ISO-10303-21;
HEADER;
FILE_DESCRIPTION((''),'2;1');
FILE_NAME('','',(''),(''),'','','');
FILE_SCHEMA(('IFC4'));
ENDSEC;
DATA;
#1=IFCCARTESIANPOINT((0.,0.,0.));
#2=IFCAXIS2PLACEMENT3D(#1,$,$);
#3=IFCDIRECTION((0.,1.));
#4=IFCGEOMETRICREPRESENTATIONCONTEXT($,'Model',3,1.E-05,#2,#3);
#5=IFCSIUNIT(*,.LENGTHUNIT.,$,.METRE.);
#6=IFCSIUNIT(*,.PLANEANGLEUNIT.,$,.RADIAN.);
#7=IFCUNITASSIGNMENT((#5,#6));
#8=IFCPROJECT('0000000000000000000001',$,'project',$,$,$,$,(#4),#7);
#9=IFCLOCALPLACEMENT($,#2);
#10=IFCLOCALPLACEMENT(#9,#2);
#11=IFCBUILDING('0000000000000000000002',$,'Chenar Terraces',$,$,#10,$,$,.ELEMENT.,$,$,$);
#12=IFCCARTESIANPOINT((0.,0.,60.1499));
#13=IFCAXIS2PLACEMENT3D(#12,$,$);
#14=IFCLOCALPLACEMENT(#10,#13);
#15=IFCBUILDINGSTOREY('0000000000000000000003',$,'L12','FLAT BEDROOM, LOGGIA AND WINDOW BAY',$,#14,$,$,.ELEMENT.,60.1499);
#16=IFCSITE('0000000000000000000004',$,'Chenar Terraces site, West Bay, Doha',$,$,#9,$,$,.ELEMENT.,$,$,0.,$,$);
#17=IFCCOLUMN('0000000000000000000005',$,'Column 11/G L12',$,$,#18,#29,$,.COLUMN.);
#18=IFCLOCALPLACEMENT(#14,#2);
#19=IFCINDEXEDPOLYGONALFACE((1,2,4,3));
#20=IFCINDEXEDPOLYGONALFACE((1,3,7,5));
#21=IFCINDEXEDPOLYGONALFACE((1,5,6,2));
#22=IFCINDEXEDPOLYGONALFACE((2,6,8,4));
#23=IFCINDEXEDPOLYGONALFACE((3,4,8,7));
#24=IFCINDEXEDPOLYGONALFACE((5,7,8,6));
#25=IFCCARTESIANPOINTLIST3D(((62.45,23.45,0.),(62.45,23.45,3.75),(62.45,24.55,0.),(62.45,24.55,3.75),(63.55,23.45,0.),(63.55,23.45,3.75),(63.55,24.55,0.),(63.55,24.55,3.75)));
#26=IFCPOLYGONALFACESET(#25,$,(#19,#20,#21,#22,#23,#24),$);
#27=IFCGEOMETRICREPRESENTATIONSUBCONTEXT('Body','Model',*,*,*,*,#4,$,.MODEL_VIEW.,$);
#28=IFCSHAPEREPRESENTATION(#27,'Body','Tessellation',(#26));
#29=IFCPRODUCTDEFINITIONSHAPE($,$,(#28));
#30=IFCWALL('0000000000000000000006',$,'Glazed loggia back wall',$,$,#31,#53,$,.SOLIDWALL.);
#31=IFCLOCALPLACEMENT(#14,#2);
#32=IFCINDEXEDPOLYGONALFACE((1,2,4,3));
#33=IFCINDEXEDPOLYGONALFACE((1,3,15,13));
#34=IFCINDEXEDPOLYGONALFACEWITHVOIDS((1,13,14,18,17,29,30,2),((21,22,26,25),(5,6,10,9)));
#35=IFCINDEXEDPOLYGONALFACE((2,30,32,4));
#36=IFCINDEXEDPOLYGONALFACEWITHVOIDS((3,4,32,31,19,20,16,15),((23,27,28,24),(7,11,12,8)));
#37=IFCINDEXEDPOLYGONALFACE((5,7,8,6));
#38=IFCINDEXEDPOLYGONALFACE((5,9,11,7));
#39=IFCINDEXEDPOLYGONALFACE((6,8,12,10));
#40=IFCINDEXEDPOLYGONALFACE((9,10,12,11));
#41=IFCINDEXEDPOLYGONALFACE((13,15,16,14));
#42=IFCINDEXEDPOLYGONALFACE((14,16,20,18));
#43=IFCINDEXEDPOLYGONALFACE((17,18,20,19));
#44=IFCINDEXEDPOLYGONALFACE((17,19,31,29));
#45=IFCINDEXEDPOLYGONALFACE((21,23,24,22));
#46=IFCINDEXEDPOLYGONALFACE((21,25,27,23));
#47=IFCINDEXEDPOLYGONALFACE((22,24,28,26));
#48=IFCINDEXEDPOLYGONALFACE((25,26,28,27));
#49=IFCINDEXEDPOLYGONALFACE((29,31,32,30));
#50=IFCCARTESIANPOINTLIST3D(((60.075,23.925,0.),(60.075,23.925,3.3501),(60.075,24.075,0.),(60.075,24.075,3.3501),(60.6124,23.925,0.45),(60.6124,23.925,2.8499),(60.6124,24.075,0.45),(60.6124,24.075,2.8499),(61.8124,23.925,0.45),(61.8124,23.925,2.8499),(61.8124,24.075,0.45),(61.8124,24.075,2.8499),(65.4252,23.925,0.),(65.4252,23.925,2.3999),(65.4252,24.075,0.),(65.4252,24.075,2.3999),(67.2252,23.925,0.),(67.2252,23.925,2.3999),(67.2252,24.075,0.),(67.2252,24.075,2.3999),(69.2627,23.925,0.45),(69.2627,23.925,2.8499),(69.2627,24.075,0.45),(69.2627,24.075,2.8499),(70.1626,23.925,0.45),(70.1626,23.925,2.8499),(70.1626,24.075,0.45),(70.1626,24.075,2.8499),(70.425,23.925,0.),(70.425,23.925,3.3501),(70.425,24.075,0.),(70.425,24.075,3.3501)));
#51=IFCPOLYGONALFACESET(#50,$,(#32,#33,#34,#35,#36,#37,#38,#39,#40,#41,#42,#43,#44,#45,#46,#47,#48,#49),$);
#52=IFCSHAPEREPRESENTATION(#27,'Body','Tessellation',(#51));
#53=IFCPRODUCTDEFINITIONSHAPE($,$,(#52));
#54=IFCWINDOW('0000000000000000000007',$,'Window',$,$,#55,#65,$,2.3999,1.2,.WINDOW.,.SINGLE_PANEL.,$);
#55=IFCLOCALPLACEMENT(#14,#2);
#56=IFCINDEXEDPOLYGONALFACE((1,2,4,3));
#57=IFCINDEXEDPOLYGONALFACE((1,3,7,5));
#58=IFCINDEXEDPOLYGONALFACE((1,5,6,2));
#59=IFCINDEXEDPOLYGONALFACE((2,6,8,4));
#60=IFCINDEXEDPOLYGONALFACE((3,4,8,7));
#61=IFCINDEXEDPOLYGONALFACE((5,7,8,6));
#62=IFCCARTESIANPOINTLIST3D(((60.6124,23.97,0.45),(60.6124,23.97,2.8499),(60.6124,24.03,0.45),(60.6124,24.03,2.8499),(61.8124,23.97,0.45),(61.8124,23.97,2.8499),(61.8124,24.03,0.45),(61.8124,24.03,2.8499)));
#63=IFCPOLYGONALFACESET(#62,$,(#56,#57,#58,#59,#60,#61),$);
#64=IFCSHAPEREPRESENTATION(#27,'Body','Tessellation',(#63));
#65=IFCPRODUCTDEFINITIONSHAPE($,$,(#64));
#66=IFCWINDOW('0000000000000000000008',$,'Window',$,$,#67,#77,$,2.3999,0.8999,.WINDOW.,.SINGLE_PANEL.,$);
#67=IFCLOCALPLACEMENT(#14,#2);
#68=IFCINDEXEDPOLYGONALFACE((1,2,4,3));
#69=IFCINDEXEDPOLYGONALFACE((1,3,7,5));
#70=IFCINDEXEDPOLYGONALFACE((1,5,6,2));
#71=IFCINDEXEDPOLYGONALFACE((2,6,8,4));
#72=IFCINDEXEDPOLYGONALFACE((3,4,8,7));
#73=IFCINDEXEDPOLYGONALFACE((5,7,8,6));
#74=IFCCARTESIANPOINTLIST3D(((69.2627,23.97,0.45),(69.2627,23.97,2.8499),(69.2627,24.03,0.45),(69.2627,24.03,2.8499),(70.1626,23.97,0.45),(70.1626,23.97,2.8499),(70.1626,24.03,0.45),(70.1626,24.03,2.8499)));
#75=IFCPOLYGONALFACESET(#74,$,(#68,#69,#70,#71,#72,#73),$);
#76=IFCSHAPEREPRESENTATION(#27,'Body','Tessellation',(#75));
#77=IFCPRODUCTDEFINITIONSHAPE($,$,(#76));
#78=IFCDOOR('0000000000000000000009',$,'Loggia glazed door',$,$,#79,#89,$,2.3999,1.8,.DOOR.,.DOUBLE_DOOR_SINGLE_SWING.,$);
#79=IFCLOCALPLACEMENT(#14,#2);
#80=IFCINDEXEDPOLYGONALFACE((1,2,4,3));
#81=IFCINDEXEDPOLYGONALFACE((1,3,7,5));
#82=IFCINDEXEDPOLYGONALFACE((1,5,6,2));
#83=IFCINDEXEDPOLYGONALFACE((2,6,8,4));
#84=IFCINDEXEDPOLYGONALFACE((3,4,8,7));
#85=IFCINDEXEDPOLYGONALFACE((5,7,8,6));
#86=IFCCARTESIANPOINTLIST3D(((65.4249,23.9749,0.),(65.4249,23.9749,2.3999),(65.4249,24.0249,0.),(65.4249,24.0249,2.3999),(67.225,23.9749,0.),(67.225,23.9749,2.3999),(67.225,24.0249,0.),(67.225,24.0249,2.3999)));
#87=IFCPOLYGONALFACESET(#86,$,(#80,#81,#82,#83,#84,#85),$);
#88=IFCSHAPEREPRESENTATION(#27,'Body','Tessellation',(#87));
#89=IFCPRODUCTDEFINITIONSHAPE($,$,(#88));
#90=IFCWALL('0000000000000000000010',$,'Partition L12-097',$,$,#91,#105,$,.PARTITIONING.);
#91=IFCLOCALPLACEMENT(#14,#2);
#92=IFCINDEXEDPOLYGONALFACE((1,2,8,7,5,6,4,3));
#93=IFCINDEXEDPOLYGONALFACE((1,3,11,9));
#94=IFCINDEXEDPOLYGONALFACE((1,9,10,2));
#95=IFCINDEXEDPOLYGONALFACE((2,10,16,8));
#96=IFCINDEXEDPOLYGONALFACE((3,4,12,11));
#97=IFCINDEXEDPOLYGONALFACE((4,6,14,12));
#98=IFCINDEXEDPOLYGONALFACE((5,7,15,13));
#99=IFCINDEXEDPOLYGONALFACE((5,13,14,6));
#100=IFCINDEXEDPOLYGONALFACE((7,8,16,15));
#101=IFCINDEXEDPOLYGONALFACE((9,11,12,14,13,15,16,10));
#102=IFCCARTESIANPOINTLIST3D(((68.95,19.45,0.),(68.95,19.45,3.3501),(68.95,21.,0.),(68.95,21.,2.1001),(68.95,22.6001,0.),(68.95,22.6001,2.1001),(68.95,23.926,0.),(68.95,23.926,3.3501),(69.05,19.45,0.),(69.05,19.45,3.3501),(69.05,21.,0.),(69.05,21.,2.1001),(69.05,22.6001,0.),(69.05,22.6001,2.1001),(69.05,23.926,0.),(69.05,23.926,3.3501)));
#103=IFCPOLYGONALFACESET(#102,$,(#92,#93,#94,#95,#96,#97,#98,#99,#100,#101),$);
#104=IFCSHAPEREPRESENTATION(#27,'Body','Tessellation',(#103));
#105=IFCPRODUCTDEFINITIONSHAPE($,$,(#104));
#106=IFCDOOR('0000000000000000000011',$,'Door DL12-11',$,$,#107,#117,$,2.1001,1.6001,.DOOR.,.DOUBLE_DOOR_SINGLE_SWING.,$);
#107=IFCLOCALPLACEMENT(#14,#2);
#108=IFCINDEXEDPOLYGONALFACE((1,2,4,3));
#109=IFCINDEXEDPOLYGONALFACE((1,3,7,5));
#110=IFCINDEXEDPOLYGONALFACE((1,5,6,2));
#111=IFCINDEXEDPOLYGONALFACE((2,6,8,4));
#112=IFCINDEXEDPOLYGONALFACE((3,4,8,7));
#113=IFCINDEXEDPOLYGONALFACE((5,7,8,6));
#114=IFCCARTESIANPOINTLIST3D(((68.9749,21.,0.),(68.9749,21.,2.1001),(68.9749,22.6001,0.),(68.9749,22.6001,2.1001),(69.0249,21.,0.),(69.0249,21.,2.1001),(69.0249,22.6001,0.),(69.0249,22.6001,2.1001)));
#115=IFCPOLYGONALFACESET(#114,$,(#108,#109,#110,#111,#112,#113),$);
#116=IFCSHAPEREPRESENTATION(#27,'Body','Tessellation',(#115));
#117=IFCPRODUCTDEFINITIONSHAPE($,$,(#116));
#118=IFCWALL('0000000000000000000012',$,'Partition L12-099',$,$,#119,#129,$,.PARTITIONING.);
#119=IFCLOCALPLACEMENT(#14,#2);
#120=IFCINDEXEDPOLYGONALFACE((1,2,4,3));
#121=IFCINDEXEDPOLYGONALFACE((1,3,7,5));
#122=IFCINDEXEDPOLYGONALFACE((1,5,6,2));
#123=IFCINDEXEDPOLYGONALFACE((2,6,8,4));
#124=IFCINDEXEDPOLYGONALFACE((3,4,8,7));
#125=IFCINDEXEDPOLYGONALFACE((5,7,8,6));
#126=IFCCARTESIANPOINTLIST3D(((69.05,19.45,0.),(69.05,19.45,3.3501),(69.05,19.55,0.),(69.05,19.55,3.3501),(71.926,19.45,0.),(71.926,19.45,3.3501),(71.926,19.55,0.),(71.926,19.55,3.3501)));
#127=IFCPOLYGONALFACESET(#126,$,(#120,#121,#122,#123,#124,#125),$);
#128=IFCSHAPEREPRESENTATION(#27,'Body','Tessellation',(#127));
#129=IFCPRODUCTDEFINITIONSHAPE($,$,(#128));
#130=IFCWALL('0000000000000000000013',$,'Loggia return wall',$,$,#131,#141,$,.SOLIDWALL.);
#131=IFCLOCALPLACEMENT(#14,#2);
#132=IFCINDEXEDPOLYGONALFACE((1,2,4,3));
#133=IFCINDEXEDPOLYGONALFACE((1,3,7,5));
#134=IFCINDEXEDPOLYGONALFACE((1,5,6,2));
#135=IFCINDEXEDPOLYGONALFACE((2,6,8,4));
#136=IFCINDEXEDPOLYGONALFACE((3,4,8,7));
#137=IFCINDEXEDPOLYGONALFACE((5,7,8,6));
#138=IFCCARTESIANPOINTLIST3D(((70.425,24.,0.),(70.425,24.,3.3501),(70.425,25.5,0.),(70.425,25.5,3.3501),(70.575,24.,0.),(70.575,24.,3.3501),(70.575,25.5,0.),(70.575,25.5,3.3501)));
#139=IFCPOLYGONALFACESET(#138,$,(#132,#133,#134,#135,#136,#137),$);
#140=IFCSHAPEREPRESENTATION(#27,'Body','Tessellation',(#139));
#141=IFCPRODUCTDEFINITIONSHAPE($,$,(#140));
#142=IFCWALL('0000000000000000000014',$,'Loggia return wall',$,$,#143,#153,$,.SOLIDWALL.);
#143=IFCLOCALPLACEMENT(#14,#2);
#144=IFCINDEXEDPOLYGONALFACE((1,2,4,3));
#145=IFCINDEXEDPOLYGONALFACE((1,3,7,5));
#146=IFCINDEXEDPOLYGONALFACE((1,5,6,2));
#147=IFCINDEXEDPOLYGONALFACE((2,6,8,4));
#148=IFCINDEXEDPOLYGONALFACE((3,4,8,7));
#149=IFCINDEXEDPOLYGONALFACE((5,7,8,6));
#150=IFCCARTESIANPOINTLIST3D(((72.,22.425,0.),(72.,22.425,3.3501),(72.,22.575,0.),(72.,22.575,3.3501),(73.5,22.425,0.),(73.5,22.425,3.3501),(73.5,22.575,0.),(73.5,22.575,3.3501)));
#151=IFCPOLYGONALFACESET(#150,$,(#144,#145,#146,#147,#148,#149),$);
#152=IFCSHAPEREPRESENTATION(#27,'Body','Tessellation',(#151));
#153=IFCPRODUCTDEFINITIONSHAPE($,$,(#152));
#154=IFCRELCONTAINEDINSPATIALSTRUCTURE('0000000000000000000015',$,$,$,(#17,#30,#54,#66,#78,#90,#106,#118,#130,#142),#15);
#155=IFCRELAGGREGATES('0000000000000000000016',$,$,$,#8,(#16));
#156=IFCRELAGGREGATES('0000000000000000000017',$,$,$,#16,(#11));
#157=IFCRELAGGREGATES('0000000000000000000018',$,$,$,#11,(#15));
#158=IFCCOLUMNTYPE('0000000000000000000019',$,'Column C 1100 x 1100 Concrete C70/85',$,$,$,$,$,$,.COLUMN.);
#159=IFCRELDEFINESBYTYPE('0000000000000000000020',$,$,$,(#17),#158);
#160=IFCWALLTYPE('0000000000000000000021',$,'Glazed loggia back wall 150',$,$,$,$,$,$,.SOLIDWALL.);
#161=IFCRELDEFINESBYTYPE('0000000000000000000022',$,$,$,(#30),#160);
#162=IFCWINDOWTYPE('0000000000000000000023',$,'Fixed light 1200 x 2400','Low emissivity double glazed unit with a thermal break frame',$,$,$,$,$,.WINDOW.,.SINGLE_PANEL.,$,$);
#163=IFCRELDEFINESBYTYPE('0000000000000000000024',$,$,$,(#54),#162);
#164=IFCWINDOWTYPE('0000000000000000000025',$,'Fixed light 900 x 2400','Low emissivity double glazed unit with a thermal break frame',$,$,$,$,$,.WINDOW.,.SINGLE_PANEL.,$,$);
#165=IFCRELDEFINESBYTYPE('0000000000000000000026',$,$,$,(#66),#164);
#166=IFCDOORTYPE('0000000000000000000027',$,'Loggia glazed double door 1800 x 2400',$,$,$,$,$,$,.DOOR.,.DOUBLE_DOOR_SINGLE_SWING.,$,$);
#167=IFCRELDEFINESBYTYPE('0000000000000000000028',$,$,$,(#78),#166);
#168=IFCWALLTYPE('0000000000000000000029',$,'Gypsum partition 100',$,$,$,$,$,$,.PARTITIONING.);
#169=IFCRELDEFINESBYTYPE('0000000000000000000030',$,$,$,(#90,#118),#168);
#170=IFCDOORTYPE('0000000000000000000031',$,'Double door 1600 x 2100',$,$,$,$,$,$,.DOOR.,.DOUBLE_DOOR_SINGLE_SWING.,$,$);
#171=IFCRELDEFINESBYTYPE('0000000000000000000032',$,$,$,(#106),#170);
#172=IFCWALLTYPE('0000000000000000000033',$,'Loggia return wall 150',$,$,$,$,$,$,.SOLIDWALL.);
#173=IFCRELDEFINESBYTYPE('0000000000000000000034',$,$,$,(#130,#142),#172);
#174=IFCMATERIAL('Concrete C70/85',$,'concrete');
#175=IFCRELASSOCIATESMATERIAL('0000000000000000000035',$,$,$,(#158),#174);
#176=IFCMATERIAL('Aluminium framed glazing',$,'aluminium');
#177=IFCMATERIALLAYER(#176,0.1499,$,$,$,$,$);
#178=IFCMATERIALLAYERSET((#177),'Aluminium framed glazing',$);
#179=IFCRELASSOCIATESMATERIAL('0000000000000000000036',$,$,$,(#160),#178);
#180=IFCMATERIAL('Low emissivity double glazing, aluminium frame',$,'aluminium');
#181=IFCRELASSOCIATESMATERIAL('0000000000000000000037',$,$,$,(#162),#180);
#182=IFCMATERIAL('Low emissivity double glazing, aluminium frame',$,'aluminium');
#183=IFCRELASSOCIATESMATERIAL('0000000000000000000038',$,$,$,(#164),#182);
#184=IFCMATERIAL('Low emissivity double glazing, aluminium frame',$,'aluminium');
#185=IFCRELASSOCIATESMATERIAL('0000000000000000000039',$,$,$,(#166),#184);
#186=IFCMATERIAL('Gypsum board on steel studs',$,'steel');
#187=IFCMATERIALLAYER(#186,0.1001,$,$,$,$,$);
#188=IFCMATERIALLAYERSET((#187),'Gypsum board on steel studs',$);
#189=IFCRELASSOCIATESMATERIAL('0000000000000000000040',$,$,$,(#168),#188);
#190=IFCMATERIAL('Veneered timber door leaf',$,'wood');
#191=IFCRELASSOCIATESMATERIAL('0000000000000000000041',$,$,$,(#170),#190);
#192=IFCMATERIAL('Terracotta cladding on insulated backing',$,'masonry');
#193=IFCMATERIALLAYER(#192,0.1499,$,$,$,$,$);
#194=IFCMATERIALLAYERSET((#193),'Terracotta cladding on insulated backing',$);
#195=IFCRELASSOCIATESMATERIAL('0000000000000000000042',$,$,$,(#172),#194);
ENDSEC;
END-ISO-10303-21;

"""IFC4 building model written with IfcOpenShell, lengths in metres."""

from ifc_helpers import new_model, si_unit, direction, frame, frame_2d, origin, origin_2d, place, context, subcontext, project, spatial, rectangle, extrude, material, layer, layer_set, material_profile, profile_set, type_object, element, fill, save


model = new_model("IFC4")

# Units and contexts
model_context = context("Model", 3, precision=1e-05, world=origin(), true_north=direction((0.0, 1.0)))
body_context = subcontext(model_context, "Body", "Model", "MODEL_VIEW")
ifc_project = project(units=[si_unit("LENGTHUNIT", "METRE"), si_unit("PLANEANGLEUNIT", "RADIAN")], contexts=[model_context])

# Site, building, storey
site_placement = place(None, origin())
site = spatial("IfcSite", under=ifc_project, at=site_placement, Name="Chenar Terraces site, West Bay, Doha", CompositionType="ELEMENT", RefElevation=0.0)
building_placement = place(site_placement, origin())
building = spatial("IfcBuilding", under=site, at=building_placement, Name="Chenar Terraces", CompositionType="ELEMENT")
storey_placement = place(building_placement, frame((0.0, 0.0, 60.1499)))
storey = spatial("IfcBuildingStorey", under=building, at=storey_placement, Name="L12", Description="FLAT BEDROOM, LOGGIA AND WINDOW BAY", CompositionType="ELEMENT", Elevation=60.1499)

# Column
ifc_material_1 = material(Name="Concrete C70/85", Category="concrete")
ifc_material_profile = material_profile(ifc_material_1, rectangle(XDim=1.1001, YDim=1.1001, at=origin_2d()), Name="C 1100 x 1100")
ifc_profile_set = profile_set([ifc_material_profile], Name="Concrete C70/85")
column_type = type_object("IfcColumnType", Name="Column C 1100 x 1100 Concrete C70/85", PredefinedType="COLUMN", material=ifc_profile_set)
column_placement = place(storey_placement, frame((63.0, 24.0, 0.0), z_axis=(0.0, 0.0, 1.0), x_axis=(1.0, 0.0, 0.0)))
element("IfcColumn", 1, at=column_placement, inside=storey, type_object=column_type, Name="Column 11/G L12", PredefinedType="COLUMN", context=body_context, shape_type="SweptSolid", body=[
    extrude(rectangle(XDim=1.1001, YDim=1.1001, at=origin_2d()), origin(), (0.0, 0.0, 1.0), 3.75),
])

# Wall, openings, windows, door
ifc_material_2 = material(Name="Aluminium framed glazing", Category="aluminium")
ifc_layer_1 = layer(ifc_material_2, 0.1499)
ifc_layer_set_1 = layer_set([ifc_layer_1], Name="Aluminium framed glazing")
wall_type_1 = type_object("IfcWallType", Name="Glazed loggia back wall 150", PredefinedType="SOLIDWALL", material=ifc_layer_set_1)
wall_1_placement = place(storey_placement, frame((70.425, 24.0, 0.0), z_axis=(0.0, 0.0, 1.0), x_axis=(-1.0, 0.0, 0.0)))
wall_1 = element("IfcWall", 2, at=wall_1_placement, inside=storey, type_object=wall_type_1, Name="Glazed loggia back wall", PredefinedType="SOLIDWALL", context=body_context, shape_type="SweptSolid", body=[
    extrude(rectangle(XDim=10.3501, YDim=0.1499, at=frame_2d((5.175, 0.0))), origin(), (0.0, 0.0, 1.0), 3.3501),
])
opening_1_placement = place(wall_1_placement, frame((0.2625, 0.0, 0.45)))
opening_1 = element("IfcOpeningElement", 3, at=opening_1_placement, cuts=wall_1, PredefinedType="OPENING", context=body_context, shape_type="SweptSolid", body=[
    extrude(rectangle(XDim=0.8999, YDim=2.3999, at=frame_2d((0.45, 1.2))), frame((0.0, 0.085, 0.0), z_axis=(0.0, -1.0, 0.0), x_axis=(1.0, 0.0, 0.0)), (0.0, 0.0, 1.0), 0.1699),
])
opening_2_placement = place(wall_1_placement, frame((3.2, 0.0, 0.0)))
opening_2 = element("IfcOpeningElement", 4, at=opening_2_placement, cuts=wall_1, PredefinedType="OPENING", context=body_context, shape_type="SweptSolid", body=[
    extrude(rectangle(XDim=1.8, YDim=2.3999, at=frame_2d((0.8999, 1.2))), frame((0.0, 0.085, 0.0), z_axis=(0.0, -1.0, 0.0), x_axis=(1.0, 0.0, 0.0)), (0.0, 0.0, 1.0), 0.1699),
])
opening_3_placement = place(wall_1_placement, frame((8.6125, 0.0, 0.45)))
opening_3 = element("IfcOpeningElement", 5, at=opening_3_placement, cuts=wall_1, PredefinedType="OPENING", context=body_context, shape_type="SweptSolid", body=[
    extrude(rectangle(XDim=1.2, YDim=2.3999, at=frame_2d((0.6001, 1.2))), frame((0.0, 0.085, 0.0), z_axis=(0.0, -1.0, 0.0), x_axis=(1.0, 0.0, 0.0)), (0.0, 0.0, 1.0), 0.1699),
])
ifc_material_3 = material(Name="Low emissivity double glazing, aluminium frame", Category="aluminium")
window_type_1 = type_object("IfcWindowType", Name="Fixed light 1200 x 2400", Description="Low emissivity double glazed unit with a thermal break frame", PartitioningType="SINGLE_PANEL", PredefinedType="WINDOW", material=ifc_material_3)
window_1_placement = place(opening_3_placement, origin())
window_1 = element("IfcWindow", 6, at=window_1_placement, inside=storey, type_object=window_type_1, Name="Window", OverallHeight=2.3999, OverallWidth=1.2, PartitioningType="SINGLE_PANEL", PredefinedType="WINDOW", context=body_context, shape_type="SweptSolid", body=[
    extrude(rectangle(XDim=1.2, YDim=2.3999, at=frame_2d((0.6001, 1.2))), frame((0.0, 0.03, 0.0), z_axis=(0.0, -1.0, 0.0), x_axis=(1.0, 0.0, 0.0)), (0.0, 0.0, 1.0), 0.0601),
])
fill(opening_3, window_1)
ifc_material_4 = material(Name="Low emissivity double glazing, aluminium frame", Category="aluminium")
window_type_2 = type_object("IfcWindowType", Name="Fixed light 900 x 2400", Description="Low emissivity double glazed unit with a thermal break frame", PartitioningType="SINGLE_PANEL", PredefinedType="WINDOW", material=ifc_material_4)
window_2_placement = place(opening_1_placement, origin())
window_2 = element("IfcWindow", 7, at=window_2_placement, inside=storey, type_object=window_type_2, Name="Window", OverallHeight=2.3999, OverallWidth=0.8999, PartitioningType="SINGLE_PANEL", PredefinedType="WINDOW", context=body_context, shape_type="SweptSolid", body=[
    extrude(rectangle(XDim=0.8999, YDim=2.3999, at=frame_2d((0.45, 1.2))), frame((0.0, 0.03, 0.0), z_axis=(0.0, -1.0, 0.0), x_axis=(1.0, 0.0, 0.0)), (0.0, 0.0, 1.0), 0.0601),
])
fill(opening_1, window_2)
ifc_material_5 = material(Name="Low emissivity double glazing, aluminium frame", Category="aluminium")
door_type_1 = type_object("IfcDoorType", Name="Loggia glazed double door 1800 x 2400", OperationType="DOUBLE_DOOR_SINGLE_SWING", PredefinedType="DOOR", material=ifc_material_5)
door_1_placement = place(opening_2_placement, frame((1.8, 0.0, 0.0), z_axis=(0.0, 0.0, 1.0), x_axis=(-1.0, 0.0, 0.0)))
door_1 = element("IfcDoor", 8, at=door_1_placement, inside=storey, type_object=door_type_1, Name="Loggia glazed door", OperationType="DOUBLE_DOOR_SINGLE_SWING", OverallHeight=2.3999, OverallWidth=1.8, PredefinedType="DOOR", context=body_context, shape_type="SweptSolid", body=[
    extrude(rectangle(XDim=1.8, YDim=2.3999, at=frame_2d((0.8999, 1.2))), frame((0.0, 0.0249, 0.0), z_axis=(0.0, -1.0, 0.0), x_axis=(1.0, 0.0, 0.0)), (0.0, 0.0, 1.0), 0.05),
])
fill(opening_2, door_1)

# Wall, opening, door
ifc_material_6 = material(Name="Gypsum board on steel studs", Category="steel")
ifc_layer_2 = layer(ifc_material_6, 0.1001)
ifc_layer_set_2 = layer_set([ifc_layer_2], Name="Gypsum board on steel studs")
wall_type_2 = type_object("IfcWallType", Name="Gypsum partition 100", PredefinedType="PARTITIONING", material=ifc_layer_set_2)
wall_2_placement = place(storey_placement, frame((69.0, 19.45, 0.0), z_axis=(0.0, 0.0, 1.0), x_axis=(0.0, 1.0, 0.0)))
wall_2 = element("IfcWall", 9, at=wall_2_placement, inside=storey, type_object=wall_type_2, Name="Partition L12-097", PredefinedType="PARTITIONING", context=body_context, shape_type="SweptSolid", body=[
    extrude(rectangle(XDim=4.4761, YDim=0.1001, at=frame_2d((2.238, 0.0))), origin(), (0.0, 0.0, 1.0), 3.3501),
])
opening_4_placement = place(wall_2_placement, frame((1.55, 0.0, 0.0)))
opening_4 = element("IfcOpeningElement", 10, at=opening_4_placement, cuts=wall_2, PredefinedType="OPENING", context=body_context, shape_type="SweptSolid", body=[
    extrude(rectangle(XDim=1.6001, YDim=2.1001, at=frame_2d((0.8, 1.05))), frame((0.0, 0.0601, 0.0), z_axis=(0.0, -1.0, 0.0), x_axis=(1.0, 0.0, 0.0)), (0.0, 0.0, 1.0), 0.1201),
])
ifc_material_7 = material(Name="Veneered timber door leaf", Category="wood")
door_type_2 = type_object("IfcDoorType", Name="Double door 1600 x 2100", OperationType="DOUBLE_DOOR_SINGLE_SWING", PredefinedType="DOOR", material=ifc_material_7)
door_2_placement = place(opening_4_placement, frame((1.6001, 0.0, 0.0), z_axis=(0.0, 0.0, 1.0), x_axis=(-1.0, 0.0, 0.0)))
door_2 = element("IfcDoor", 11, at=door_2_placement, inside=storey, type_object=door_type_2, Name="Door DL12-11", OperationType="DOUBLE_DOOR_SINGLE_SWING", OverallHeight=2.1001, OverallWidth=1.6001, PredefinedType="DOOR", context=body_context, shape_type="SweptSolid", body=[
    extrude(rectangle(XDim=1.6001, YDim=2.1001, at=frame_2d((0.8, 1.05))), frame((0.0, 0.0249, 0.0), z_axis=(0.0, -1.0, 0.0), x_axis=(1.0, 0.0, 0.0)), (0.0, 0.0, 1.0), 0.05),
])
fill(opening_4, door_2)

# Walls
wall_3_placement = place(storey_placement, frame((69.05, 19.5, 0.0), z_axis=(0.0, 0.0, 1.0), x_axis=(1.0, 0.0, 0.0)))
element("IfcWall", 12, at=wall_3_placement, inside=storey, type_object=wall_type_2, Name="Partition L12-099", PredefinedType="PARTITIONING", context=body_context, shape_type="SweptSolid", body=[
    extrude(rectangle(XDim=2.876, YDim=0.1001, at=frame_2d((1.438, 0.0))), origin(), (0.0, 0.0, 1.0), 3.3501),
])
ifc_material_8 = material(Name="Terracotta cladding on insulated backing", Category="masonry")
ifc_layer_3 = layer(ifc_material_8, 0.1499)
ifc_layer_set_3 = layer_set([ifc_layer_3], Name="Terracotta cladding on insulated backing")
wall_type_3 = type_object("IfcWallType", Name="Loggia return wall 150", PredefinedType="SOLIDWALL", material=ifc_layer_set_3)
for number, where, z_axis, x_axis, name in (
    (13, (70.5, 25.5, 0.0), (0.0, 0.0, 1.0), (0.0, -1.0, 0.0), "Loggia return wall"),
    (14, (73.5, 22.5, 0.0), (0.0, 0.0, 1.0), (-1.0, 0.0, 0.0), "Loggia return wall"),
):
    element("IfcWall", number, at=place(storey_placement, frame(where, z_axis=z_axis, x_axis=x_axis)), inside=storey, type_object=wall_type_3, Name=name, PredefinedType="SOLIDWALL", context=body_context, shape_type="SweptSolid", body=[
        extrude(rectangle(XDim=1.5, YDim=0.1499, at=frame_2d((0.75, 0.0))), origin(), (0.0, 0.0, 1.0), 3.3501),
    ])

save(model, "model.ifc")
